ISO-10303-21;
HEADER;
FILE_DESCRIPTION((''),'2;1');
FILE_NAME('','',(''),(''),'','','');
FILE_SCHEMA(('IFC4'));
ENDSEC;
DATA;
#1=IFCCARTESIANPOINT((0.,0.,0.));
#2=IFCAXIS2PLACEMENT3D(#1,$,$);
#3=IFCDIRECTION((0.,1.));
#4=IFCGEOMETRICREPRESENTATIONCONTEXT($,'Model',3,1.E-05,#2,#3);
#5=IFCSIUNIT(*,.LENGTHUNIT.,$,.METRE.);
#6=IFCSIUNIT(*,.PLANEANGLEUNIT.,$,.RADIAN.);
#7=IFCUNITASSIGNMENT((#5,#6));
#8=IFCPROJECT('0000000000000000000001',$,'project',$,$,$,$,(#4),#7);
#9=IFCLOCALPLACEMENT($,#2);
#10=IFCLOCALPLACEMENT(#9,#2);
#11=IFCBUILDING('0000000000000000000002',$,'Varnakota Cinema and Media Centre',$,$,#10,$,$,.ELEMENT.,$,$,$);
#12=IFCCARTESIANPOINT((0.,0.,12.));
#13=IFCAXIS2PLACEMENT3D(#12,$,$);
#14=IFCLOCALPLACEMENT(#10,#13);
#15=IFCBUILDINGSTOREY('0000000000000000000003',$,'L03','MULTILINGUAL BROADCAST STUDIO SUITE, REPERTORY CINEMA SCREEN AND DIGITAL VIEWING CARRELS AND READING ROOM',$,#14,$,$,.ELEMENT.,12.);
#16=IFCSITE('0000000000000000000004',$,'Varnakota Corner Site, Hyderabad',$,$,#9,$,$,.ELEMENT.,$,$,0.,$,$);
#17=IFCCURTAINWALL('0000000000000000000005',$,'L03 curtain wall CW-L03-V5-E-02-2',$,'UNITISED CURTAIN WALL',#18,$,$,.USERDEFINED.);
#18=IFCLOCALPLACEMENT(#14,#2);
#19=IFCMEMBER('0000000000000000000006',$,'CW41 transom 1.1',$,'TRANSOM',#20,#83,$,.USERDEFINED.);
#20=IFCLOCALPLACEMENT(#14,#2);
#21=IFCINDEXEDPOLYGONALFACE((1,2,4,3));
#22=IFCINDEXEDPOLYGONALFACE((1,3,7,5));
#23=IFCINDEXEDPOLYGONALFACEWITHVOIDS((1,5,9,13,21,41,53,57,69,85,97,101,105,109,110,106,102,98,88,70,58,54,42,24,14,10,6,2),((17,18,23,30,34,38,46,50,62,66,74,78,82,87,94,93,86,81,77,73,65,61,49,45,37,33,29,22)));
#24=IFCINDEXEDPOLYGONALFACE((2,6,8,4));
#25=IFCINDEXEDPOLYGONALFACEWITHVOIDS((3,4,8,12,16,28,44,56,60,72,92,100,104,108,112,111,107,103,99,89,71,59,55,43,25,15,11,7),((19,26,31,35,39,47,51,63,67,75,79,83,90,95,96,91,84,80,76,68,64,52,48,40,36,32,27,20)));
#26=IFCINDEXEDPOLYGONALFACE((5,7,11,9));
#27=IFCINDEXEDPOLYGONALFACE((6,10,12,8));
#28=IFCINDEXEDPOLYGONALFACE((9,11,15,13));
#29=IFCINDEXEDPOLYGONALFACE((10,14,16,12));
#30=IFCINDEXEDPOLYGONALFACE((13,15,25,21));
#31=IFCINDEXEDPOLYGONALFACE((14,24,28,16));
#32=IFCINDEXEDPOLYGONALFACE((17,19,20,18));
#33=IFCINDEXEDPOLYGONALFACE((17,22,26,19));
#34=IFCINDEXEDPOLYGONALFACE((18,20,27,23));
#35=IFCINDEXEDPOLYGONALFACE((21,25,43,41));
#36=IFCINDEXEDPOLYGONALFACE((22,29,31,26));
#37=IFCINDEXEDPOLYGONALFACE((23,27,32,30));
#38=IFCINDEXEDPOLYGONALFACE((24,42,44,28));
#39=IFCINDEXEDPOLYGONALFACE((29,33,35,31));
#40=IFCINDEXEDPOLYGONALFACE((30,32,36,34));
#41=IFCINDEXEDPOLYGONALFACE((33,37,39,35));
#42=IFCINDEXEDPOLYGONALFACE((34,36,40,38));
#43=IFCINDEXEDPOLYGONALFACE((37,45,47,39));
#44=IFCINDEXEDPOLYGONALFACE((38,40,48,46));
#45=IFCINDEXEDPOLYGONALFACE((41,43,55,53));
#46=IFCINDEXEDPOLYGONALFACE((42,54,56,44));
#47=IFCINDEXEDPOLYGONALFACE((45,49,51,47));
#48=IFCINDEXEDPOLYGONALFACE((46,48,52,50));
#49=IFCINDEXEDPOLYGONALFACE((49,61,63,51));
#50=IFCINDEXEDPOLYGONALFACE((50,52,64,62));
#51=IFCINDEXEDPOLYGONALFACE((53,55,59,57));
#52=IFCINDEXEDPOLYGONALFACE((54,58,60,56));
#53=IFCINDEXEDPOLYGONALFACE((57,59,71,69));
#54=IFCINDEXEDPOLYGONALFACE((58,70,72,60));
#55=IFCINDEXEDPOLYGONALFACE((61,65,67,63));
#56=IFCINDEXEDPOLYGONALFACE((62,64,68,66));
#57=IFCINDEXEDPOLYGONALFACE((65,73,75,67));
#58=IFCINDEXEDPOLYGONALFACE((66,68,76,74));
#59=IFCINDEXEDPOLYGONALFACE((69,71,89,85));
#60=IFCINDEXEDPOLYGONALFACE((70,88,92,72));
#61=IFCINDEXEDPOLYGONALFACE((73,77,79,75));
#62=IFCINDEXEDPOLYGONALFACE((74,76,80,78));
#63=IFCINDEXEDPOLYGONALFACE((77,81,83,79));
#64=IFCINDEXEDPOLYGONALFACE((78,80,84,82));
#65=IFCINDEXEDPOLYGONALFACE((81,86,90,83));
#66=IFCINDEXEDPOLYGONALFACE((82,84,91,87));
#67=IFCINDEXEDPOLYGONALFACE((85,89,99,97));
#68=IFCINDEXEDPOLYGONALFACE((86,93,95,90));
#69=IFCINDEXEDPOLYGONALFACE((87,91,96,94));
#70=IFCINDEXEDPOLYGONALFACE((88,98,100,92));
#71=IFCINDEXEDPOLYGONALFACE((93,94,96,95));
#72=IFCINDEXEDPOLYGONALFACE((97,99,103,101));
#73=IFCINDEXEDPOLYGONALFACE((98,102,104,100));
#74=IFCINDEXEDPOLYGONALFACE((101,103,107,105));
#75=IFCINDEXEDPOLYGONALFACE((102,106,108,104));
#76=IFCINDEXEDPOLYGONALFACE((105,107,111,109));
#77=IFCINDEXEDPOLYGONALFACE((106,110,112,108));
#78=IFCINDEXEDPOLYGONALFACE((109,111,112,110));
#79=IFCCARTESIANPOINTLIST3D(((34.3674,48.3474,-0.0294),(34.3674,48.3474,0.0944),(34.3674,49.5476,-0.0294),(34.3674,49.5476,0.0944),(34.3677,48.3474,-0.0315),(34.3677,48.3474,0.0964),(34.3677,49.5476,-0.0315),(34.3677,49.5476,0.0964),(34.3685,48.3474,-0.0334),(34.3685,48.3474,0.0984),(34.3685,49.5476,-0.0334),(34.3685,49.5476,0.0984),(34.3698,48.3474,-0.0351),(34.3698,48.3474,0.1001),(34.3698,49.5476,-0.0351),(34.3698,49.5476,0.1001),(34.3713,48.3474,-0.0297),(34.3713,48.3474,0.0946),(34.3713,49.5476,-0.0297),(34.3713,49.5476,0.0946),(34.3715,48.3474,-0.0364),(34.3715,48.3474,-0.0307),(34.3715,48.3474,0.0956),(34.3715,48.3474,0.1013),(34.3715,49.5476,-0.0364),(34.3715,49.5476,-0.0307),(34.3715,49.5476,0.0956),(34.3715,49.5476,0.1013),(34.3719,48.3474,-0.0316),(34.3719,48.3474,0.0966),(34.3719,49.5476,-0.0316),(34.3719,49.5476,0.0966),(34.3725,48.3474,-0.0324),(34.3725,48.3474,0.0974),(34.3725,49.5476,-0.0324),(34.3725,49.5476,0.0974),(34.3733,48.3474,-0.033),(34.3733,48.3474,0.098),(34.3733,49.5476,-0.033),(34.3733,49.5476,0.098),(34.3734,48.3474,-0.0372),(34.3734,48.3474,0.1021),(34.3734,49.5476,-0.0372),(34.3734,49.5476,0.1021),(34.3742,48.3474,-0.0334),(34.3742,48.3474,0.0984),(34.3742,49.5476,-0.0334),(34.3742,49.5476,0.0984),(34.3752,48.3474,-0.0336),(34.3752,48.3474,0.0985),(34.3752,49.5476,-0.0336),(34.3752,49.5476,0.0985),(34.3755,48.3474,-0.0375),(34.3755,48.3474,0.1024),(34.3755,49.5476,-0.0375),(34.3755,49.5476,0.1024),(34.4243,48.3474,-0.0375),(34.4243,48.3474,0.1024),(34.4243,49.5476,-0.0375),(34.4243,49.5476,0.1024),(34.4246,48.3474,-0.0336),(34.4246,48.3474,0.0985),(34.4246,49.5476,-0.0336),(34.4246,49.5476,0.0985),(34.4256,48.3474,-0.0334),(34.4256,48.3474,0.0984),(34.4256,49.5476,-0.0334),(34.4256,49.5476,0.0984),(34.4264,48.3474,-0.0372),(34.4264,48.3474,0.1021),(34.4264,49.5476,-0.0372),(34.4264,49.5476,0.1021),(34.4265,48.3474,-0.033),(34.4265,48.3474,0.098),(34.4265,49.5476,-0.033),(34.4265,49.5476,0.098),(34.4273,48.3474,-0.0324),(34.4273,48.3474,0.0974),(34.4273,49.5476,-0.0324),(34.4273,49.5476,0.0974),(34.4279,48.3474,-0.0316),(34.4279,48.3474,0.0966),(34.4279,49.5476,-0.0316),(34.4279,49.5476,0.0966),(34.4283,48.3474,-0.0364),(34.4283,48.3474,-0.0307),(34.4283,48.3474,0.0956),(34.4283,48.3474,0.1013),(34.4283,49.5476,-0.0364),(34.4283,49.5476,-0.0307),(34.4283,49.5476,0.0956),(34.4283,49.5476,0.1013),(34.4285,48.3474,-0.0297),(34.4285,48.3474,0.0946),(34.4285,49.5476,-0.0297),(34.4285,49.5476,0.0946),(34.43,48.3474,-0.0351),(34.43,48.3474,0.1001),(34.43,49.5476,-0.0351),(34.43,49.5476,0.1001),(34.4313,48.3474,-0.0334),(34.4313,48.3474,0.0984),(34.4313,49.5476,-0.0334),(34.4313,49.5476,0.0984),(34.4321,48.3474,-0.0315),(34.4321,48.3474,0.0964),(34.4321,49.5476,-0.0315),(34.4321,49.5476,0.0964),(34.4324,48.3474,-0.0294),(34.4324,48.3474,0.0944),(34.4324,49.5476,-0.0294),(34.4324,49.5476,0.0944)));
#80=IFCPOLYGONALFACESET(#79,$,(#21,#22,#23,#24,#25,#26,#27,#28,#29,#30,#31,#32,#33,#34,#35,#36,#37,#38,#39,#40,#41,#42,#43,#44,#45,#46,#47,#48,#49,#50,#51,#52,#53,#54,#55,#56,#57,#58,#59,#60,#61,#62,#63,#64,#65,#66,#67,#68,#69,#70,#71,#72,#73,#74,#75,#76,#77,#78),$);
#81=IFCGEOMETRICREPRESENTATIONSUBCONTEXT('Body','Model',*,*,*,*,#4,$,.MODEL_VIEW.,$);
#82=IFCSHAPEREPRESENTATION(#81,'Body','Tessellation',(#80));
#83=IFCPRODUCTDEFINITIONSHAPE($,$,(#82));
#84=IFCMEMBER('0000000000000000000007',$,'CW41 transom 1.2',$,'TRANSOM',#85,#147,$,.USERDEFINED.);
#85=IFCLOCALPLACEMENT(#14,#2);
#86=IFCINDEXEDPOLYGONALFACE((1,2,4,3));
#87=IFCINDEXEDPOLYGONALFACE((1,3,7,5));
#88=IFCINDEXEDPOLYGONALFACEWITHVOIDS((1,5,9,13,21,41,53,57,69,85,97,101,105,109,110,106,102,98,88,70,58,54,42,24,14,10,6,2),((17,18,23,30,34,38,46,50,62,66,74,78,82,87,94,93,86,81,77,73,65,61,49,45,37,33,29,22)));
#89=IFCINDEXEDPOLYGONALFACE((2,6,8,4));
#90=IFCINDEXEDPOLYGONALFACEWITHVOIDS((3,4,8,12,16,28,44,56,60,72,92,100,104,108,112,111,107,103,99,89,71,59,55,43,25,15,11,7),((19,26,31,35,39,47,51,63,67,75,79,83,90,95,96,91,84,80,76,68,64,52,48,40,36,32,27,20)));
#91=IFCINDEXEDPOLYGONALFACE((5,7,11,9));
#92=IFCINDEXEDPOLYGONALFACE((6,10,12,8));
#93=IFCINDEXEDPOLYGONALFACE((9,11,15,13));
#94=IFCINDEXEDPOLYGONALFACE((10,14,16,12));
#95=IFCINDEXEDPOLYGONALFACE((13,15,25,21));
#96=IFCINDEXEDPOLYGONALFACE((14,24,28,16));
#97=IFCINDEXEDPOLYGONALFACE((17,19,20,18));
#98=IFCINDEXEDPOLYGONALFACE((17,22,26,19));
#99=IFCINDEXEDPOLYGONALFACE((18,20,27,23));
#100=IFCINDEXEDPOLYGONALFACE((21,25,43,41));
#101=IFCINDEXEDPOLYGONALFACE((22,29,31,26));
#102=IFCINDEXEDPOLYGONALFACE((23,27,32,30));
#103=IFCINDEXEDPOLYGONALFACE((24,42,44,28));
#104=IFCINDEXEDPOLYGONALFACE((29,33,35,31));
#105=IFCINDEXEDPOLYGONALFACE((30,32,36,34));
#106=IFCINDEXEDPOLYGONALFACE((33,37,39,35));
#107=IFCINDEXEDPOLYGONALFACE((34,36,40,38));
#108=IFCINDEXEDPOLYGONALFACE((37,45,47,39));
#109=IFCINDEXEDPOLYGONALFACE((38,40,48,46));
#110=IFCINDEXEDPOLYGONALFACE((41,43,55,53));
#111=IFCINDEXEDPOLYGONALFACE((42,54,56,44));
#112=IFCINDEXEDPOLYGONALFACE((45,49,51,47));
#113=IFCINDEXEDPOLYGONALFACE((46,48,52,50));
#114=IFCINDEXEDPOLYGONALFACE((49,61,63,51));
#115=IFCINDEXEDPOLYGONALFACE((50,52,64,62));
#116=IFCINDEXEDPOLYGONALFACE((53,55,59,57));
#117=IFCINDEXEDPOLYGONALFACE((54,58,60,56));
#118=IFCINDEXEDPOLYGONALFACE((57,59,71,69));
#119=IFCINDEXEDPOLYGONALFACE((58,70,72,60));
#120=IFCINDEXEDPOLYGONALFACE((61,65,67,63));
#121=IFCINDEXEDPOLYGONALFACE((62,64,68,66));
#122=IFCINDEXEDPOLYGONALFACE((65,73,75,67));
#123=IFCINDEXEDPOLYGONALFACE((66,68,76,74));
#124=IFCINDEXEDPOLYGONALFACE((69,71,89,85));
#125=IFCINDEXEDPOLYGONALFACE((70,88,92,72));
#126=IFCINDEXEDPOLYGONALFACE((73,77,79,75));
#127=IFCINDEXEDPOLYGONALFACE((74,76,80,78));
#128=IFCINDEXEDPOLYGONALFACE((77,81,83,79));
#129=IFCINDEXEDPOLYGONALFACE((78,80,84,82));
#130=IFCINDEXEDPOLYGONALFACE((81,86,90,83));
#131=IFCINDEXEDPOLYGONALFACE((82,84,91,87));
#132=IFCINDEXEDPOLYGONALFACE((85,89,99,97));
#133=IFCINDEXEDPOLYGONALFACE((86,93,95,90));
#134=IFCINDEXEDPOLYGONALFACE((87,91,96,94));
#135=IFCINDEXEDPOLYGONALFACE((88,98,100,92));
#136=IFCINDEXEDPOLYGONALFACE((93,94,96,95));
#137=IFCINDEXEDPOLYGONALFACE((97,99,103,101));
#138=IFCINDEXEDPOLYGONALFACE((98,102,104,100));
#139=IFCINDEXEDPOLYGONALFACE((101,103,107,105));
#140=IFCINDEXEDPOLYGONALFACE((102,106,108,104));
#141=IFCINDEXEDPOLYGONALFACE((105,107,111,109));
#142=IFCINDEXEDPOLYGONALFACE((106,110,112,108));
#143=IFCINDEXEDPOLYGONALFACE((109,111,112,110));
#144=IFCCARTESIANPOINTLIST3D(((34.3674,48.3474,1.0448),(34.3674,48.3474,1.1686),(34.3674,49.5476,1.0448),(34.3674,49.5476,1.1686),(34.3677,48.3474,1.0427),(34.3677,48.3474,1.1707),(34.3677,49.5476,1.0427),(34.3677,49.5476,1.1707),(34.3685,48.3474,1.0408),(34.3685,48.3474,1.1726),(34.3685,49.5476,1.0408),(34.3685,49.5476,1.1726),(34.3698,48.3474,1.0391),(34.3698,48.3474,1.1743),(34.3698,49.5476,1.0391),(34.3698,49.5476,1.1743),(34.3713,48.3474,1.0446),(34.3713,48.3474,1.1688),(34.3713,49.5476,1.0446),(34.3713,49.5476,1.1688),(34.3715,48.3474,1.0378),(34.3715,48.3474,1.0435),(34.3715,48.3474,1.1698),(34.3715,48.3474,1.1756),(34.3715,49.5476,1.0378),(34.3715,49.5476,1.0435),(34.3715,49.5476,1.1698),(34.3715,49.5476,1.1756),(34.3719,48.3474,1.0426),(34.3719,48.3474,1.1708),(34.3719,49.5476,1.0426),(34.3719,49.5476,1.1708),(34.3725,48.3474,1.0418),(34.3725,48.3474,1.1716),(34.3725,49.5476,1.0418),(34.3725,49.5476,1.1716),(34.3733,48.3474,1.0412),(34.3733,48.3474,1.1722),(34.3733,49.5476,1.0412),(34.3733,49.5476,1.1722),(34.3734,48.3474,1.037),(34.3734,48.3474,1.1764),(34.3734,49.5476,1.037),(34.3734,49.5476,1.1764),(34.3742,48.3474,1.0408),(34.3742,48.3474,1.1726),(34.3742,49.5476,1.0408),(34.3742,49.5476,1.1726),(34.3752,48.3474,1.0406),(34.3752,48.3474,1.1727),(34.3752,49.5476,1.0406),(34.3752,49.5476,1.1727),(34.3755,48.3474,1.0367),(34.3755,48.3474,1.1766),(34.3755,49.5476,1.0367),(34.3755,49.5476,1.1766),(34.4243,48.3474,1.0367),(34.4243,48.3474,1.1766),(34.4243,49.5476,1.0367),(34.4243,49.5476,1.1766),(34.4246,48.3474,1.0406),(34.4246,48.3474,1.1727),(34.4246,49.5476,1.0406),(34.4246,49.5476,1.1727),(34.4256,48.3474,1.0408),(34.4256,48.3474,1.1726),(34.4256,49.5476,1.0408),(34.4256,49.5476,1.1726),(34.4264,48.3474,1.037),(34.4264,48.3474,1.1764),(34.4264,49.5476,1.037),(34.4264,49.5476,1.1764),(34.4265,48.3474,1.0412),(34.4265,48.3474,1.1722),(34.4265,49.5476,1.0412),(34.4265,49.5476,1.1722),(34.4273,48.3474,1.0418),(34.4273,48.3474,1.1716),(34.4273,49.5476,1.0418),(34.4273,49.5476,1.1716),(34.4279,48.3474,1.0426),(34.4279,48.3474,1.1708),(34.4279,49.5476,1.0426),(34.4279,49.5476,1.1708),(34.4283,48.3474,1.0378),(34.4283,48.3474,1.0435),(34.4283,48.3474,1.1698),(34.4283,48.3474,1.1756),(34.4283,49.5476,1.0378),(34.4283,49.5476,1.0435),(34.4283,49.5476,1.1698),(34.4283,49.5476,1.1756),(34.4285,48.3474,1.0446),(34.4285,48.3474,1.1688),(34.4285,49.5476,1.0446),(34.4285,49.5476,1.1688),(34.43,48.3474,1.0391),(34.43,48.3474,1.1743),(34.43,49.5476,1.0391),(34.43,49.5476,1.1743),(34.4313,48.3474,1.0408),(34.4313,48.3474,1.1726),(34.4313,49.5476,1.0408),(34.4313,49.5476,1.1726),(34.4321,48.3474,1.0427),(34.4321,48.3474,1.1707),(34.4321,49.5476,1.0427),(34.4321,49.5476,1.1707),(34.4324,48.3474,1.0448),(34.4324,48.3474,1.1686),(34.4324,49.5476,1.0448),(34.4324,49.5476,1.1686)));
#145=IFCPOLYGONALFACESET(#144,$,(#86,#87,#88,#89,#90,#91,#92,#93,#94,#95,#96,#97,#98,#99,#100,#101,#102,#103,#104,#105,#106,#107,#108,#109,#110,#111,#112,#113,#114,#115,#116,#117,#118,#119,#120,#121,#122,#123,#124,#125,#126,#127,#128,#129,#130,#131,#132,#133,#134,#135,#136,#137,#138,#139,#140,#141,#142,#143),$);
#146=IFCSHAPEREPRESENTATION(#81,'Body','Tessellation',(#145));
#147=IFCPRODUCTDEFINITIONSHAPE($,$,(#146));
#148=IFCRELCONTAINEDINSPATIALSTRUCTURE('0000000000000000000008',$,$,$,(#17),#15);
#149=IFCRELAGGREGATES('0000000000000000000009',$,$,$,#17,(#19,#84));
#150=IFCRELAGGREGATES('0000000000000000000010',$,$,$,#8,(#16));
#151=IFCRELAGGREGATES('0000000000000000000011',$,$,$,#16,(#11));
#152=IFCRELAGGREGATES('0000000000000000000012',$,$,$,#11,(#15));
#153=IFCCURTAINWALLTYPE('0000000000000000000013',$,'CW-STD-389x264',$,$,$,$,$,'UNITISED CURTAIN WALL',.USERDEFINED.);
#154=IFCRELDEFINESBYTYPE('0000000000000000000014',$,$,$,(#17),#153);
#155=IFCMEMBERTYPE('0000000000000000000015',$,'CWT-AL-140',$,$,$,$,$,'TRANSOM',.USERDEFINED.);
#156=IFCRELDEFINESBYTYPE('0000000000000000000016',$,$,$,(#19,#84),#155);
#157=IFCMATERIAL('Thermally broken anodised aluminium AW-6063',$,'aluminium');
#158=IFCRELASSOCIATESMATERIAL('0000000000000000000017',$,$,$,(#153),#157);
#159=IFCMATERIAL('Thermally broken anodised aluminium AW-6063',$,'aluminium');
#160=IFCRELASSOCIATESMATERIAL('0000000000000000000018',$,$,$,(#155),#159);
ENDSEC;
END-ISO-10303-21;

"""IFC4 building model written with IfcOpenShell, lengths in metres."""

from ifc_helpers import new_model, si_unit, direction, frame, origin, origin_2d, place, context, subcontext, project, spatial, hollow_rectangle, extrude, material, material_profile, profile_set, type_object, element, aggregate, save


model = new_model("IFC4")

# Units and contexts
model_context = context("Model", 3, precision=1e-05, world=origin(), true_north=direction((0.0, 1.0)))
body_context = subcontext(model_context, "Body", "Model", "MODEL_VIEW")
ifc_project = project(units=[si_unit("LENGTHUNIT", "METRE"), si_unit("PLANEANGLEUNIT", "RADIAN")], contexts=[model_context])

# Site, building, storey
site_placement = place(None, origin())
site = spatial("IfcSite", under=ifc_project, at=site_placement, Name="Varnakota Corner Site, Hyderabad", CompositionType="ELEMENT", RefElevation=0.0)
building_placement = place(site_placement, origin())
building = spatial("IfcBuilding", under=site, at=building_placement, Name="Varnakota Cinema and Media Centre", CompositionType="ELEMENT")
storey_placement = place(building_placement, frame((0.0, 0.0, 12.0)))
storey = spatial("IfcBuildingStorey", under=building, at=storey_placement, Name="L03", Description="MULTILINGUAL BROADCAST STUDIO SUITE, REPERTORY CINEMA SCREEN AND DIGITAL VIEWING CARRELS AND READING ROOM", CompositionType="ELEMENT", Elevation=12.0)

# Shared definitions
ifc_material_1 = material(Name="Thermally broken anodised aluminium AW-6063", Category="aluminium")
curtain_wall_type = type_object("IfcCurtainWallType", Name="CW-STD-389x264", ElementType="UNITISED CURTAIN WALL", PredefinedType="USERDEFINED", material=ifc_material_1)

# Curtain wall
curtain_wall_1_placement = place(storey_placement, origin())
curtain_wall_1 = element("IfcCurtainWall", 1, at=curtain_wall_1_placement, inside=storey, type_object=curtain_wall_type, Name="L03 curtain wall CW-L03-V5-E-02-2", ObjectType="UNITISED CURTAIN WALL", PredefinedType="USERDEFINED")

# Members
ifc_material_2 = material(Name="Thermally broken anodised aluminium AW-6063", Category="aluminium")
ifc_material_profile_1 = material_profile(ifc_material_2, hollow_rectangle(XDim=0.0649, YDim=0.1399, WallThickness=0.0039, InnerFilletRadius=0.0039, OuterFilletRadius=0.0081, at=origin_2d()), Name="AL-TRANSOM 140x65x4")
ifc_profile_set_1 = profile_set([ifc_material_profile_1], Name="Thermally broken anodised aluminium AW-6063")
member_type_1 = type_object("IfcMemberType", Name="CWT-AL-140", ElementType="TRANSOM", PredefinedType="USERDEFINED", material=ifc_profile_set_1)
member_1_placement = place(storey_placement, frame((34.3999, 48.3474, 0.0325), z_axis=(0.0, 1.0, 0.0), x_axis=(-1.0, 0.0, 0.0)))
member_1 = element("IfcMember", 2, at=member_1_placement, type_object=member_type_1, Name="CW41 transom 1.1", ObjectType="TRANSOM", PredefinedType="USERDEFINED", context=body_context, shape_type="SweptSolid", body=[
    extrude(hollow_rectangle(XDim=0.0649, YDim=0.1399, WallThickness=0.0039, InnerFilletRadius=0.0039, OuterFilletRadius=0.0081, at=origin_2d()), origin(), (0.0, 0.0, 1.0), 1.2002),
])
member_2_placement = place(storey_placement, frame((34.3999, 48.3474, 1.1067), z_axis=(0.0, 1.0, 0.0), x_axis=(-1.0, 0.0, 0.0)))
member_2 = element("IfcMember", 3, at=member_2_placement, type_object=member_type_1, Name="CW41 transom 1.2", ObjectType="TRANSOM", PredefinedType="USERDEFINED", context=body_context, shape_type="SweptSolid", body=[
    extrude(hollow_rectangle(XDim=0.0649, YDim=0.1399, WallThickness=0.0039, InnerFilletRadius=0.0039, OuterFilletRadius=0.0081, at=origin_2d()), origin(), (0.0, 0.0, 1.0), 1.2002),
])

aggregate(curtain_wall_1, [member_1, member_2])

save(model, "model.ifc")
